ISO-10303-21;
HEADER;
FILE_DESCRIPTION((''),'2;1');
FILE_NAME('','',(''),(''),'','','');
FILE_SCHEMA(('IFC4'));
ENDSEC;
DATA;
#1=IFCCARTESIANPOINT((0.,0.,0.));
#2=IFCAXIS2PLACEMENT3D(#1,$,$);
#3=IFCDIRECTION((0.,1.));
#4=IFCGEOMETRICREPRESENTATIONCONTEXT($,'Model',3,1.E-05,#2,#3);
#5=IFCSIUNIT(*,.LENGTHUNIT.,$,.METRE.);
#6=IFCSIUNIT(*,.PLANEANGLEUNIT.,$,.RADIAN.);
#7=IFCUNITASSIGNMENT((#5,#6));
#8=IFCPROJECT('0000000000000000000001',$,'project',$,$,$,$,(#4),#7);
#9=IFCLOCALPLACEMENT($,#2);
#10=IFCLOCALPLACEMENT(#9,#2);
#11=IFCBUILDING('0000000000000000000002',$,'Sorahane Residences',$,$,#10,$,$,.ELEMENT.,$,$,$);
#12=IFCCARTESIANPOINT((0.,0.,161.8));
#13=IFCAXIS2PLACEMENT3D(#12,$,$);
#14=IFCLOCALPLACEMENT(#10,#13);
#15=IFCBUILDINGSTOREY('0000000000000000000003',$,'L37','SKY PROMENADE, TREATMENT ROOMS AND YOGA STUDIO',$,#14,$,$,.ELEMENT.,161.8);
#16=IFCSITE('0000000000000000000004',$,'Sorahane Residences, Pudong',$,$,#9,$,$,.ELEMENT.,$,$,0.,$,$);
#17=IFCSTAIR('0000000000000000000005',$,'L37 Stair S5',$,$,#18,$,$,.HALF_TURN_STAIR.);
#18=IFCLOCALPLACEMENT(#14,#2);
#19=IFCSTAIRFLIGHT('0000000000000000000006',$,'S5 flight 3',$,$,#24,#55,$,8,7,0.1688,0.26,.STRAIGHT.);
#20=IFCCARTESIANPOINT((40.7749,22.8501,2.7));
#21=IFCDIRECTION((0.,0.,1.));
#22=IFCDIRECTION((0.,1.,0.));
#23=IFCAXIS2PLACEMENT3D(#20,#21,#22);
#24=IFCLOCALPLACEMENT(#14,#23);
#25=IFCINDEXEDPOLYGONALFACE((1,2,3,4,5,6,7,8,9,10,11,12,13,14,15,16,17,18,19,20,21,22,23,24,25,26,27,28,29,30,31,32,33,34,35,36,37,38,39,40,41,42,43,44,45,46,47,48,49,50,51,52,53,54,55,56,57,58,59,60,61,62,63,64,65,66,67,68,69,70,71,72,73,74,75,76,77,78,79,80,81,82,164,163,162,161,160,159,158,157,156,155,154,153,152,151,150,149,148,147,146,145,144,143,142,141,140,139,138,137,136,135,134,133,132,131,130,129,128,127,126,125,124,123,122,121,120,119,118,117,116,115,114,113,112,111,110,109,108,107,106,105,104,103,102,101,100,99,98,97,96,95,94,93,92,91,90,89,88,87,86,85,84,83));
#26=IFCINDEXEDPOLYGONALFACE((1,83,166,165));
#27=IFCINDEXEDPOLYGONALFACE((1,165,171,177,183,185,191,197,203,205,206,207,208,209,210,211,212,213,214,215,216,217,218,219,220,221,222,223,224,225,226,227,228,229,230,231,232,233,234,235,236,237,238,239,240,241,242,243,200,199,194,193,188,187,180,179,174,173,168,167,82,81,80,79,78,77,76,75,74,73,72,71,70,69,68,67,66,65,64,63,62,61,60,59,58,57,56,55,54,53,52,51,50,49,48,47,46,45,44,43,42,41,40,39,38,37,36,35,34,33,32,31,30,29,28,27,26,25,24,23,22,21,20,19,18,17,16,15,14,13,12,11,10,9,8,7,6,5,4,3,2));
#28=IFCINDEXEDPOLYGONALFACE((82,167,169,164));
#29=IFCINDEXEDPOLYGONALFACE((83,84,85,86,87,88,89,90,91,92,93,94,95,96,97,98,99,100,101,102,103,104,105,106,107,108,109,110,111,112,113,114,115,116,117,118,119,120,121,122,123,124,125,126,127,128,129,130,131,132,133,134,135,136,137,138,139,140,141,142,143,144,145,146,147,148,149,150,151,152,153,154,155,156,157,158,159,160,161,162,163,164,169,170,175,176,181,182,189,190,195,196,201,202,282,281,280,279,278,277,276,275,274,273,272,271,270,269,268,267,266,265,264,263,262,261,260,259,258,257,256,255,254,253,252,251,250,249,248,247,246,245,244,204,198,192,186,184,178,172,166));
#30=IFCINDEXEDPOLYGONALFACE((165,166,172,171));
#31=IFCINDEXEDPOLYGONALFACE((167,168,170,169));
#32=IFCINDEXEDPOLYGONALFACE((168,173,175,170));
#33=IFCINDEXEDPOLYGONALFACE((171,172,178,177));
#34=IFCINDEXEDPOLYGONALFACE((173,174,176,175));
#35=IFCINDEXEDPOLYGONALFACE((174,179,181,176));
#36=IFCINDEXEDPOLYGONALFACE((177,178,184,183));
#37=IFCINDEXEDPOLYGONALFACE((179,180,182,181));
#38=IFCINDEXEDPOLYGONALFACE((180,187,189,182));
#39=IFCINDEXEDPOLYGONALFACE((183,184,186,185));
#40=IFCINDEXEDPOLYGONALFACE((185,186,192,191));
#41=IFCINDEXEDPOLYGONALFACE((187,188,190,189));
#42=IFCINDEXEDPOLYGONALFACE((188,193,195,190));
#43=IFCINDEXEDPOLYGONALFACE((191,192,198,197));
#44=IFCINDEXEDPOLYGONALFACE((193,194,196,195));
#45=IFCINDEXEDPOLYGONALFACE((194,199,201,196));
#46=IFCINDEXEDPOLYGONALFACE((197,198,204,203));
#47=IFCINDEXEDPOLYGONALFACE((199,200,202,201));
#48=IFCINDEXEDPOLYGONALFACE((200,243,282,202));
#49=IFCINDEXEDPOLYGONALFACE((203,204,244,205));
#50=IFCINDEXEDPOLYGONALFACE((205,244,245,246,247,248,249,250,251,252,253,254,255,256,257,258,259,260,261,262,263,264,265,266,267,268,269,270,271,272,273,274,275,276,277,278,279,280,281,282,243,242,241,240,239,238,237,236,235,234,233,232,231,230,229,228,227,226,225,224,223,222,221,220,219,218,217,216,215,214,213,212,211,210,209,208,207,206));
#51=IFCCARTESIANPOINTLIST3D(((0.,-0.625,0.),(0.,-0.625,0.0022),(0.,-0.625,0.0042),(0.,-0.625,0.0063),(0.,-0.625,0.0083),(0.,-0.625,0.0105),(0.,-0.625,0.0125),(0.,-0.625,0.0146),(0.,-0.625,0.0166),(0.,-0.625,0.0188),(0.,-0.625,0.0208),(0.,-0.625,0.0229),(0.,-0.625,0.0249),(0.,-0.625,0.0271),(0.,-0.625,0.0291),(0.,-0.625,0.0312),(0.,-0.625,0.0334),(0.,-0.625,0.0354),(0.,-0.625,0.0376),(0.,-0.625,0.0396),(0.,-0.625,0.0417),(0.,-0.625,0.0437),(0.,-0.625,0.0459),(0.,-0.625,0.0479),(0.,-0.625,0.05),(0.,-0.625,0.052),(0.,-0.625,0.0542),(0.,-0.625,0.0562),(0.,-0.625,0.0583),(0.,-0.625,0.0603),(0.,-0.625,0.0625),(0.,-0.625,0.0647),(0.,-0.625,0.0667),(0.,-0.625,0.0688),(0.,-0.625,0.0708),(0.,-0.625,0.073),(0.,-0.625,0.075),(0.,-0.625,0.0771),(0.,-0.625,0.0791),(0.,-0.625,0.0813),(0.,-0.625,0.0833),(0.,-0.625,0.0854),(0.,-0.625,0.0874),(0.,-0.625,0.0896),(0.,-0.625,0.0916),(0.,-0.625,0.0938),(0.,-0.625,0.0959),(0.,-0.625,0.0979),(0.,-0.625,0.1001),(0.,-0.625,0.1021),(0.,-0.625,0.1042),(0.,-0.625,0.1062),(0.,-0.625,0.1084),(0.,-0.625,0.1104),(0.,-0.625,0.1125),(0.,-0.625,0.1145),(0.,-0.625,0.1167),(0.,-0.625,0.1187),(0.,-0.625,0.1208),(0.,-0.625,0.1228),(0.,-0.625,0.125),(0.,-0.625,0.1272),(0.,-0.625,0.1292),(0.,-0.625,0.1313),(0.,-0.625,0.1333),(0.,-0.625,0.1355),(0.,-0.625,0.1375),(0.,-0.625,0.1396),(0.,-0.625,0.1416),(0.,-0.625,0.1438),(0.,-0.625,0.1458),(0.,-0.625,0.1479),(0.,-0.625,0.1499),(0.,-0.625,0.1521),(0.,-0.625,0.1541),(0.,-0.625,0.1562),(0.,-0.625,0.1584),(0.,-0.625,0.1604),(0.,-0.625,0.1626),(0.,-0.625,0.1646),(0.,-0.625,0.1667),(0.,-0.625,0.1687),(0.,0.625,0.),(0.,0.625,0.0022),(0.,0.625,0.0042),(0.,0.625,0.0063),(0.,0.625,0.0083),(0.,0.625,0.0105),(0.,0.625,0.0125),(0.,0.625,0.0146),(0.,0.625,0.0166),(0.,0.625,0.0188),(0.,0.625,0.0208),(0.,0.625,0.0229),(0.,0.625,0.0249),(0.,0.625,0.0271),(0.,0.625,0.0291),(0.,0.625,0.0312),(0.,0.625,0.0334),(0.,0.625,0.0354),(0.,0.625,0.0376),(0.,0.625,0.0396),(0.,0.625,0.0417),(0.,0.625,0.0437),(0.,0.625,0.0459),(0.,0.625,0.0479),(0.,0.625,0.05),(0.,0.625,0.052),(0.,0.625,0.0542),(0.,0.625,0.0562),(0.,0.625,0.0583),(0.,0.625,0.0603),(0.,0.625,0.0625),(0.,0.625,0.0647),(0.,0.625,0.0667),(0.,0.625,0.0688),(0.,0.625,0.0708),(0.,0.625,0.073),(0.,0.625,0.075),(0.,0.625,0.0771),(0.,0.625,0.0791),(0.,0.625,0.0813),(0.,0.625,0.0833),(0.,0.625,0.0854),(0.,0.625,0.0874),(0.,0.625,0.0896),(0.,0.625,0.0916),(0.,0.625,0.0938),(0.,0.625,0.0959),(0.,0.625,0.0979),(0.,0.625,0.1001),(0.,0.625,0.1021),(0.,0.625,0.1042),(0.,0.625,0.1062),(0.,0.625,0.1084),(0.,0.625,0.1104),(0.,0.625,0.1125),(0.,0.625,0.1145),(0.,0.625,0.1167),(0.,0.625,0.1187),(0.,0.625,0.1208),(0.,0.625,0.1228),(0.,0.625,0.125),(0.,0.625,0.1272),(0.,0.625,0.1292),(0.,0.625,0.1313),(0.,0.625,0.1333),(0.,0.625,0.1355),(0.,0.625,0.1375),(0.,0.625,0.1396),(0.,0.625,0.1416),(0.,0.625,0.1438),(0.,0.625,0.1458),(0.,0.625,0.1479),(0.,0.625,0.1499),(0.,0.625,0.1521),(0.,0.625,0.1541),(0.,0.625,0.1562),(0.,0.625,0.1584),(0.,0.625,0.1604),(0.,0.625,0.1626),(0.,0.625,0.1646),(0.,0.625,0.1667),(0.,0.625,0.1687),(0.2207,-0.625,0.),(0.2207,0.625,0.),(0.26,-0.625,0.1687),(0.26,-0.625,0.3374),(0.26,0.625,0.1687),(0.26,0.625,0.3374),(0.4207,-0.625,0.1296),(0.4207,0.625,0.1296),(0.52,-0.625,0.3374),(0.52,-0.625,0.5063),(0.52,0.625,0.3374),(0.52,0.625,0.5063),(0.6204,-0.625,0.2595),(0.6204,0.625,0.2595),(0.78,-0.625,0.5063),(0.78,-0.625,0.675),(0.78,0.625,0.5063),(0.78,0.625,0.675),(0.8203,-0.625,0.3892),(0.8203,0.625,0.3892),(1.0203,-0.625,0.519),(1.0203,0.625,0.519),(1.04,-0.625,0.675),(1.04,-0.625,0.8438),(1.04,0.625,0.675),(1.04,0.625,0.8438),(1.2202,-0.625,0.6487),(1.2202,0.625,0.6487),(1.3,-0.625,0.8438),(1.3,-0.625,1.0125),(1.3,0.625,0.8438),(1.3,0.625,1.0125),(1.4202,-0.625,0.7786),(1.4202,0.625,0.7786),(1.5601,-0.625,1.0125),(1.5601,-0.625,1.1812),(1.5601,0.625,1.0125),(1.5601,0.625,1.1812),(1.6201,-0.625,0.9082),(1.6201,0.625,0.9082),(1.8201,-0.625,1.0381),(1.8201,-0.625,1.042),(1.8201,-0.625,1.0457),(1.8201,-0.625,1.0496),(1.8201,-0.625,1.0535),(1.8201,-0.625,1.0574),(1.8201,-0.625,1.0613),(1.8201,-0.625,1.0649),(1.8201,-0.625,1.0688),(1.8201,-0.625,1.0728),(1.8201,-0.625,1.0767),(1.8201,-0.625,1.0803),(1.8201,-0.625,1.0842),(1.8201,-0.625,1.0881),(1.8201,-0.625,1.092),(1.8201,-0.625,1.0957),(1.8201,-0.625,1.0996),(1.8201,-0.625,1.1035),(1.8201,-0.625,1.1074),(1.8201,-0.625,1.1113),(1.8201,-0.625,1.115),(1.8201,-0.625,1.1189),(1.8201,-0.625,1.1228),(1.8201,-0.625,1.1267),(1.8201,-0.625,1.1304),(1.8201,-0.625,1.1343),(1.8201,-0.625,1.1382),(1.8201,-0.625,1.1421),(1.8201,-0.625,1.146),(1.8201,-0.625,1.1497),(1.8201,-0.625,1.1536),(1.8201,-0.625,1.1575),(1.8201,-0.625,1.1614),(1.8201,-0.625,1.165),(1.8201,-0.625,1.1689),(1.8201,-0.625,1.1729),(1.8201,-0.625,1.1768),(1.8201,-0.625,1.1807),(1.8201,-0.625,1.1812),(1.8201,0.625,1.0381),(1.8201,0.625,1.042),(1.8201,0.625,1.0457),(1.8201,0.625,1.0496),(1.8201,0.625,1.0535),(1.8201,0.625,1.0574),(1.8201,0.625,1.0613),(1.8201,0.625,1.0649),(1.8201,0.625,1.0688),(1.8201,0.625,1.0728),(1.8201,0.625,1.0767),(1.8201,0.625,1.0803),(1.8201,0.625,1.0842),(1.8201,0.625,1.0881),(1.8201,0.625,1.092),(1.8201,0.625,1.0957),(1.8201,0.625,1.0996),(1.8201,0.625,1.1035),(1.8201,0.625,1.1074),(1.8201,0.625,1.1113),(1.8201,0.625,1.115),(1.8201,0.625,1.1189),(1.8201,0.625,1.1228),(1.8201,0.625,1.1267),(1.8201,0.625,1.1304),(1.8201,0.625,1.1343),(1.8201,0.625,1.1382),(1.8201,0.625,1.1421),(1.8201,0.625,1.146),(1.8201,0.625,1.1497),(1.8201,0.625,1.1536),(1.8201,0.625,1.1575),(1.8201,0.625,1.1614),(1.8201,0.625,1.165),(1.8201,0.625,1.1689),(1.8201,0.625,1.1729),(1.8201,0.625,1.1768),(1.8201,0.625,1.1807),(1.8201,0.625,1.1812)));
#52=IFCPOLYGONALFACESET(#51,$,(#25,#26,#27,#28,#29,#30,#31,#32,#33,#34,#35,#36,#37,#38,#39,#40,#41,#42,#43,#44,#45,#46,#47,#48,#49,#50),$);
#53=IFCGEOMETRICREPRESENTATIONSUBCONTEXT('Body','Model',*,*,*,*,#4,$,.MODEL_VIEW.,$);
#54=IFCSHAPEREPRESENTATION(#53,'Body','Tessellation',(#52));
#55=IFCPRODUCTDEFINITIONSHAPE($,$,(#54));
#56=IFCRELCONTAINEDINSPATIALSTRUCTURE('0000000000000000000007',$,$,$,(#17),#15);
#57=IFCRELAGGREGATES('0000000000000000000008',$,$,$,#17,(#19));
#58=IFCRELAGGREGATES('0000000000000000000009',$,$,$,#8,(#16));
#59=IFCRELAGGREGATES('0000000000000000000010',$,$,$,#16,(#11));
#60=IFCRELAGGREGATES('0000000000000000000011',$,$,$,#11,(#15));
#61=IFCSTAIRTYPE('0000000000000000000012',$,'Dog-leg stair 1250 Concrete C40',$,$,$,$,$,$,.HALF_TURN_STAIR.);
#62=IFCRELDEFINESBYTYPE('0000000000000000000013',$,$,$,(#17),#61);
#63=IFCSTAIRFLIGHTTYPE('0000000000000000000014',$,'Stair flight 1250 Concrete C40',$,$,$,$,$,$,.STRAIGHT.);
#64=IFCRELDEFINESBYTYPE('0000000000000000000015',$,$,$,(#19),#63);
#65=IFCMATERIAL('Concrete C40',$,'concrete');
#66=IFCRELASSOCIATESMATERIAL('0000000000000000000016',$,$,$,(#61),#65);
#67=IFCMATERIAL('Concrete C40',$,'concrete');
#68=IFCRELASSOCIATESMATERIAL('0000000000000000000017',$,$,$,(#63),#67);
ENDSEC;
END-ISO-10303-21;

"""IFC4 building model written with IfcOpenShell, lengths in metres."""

from ifc_helpers import new_model, si_unit, direction, frame, origin, place, context, subcontext, project, spatial, polyline, outline, extrude, material, type_object, element, aggregate, save


model = new_model("IFC4")

# Units and contexts
model_context = context("Model", 3, precision=1e-05, world=origin(), true_north=direction((0.0, 1.0)))
body_context = subcontext(model_context, "Body", "Model", "MODEL_VIEW")
ifc_project = project(units=[si_unit("LENGTHUNIT", "METRE"), si_unit("PLANEANGLEUNIT", "RADIAN")], contexts=[model_context])

# Site, building, storey
site_placement = place(None, origin())
site = spatial("IfcSite", under=ifc_project, at=site_placement, Name="Sorahane Residences, Pudong", CompositionType="ELEMENT", RefElevation=0.0)
building_placement = place(site_placement, origin())
building = spatial("IfcBuilding", under=site, at=building_placement, Name="Sorahane Residences", CompositionType="ELEMENT")
storey_placement = place(building_placement, frame((0.0, 0.0, 161.8)))
storey = spatial("IfcBuildingStorey", under=building, at=storey_placement, Name="L37", Description="SKY PROMENADE, TREATMENT ROOMS AND YOGA STUDIO", CompositionType="ELEMENT", Elevation=161.8)

# Stair, stair flight
ifc_material_1 = material(Name="Concrete C40", Category="concrete")
stair_type = type_object("IfcStairType", Name="Dog-leg stair 1250 Concrete C40", PredefinedType="HALF_TURN_STAIR", material=ifc_material_1)
stair_placement = place(storey_placement, origin())
stair = element("IfcStair", 1, at=stair_placement, inside=storey, type_object=stair_type, Name="L37 Stair S5", PredefinedType="HALF_TURN_STAIR")
ifc_material_2 = material(Name="Concrete C40", Category="concrete")
stair_flight_type = type_object("IfcStairFlightType", Name="Stair flight 1250 Concrete C40", PredefinedType="STRAIGHT", material=ifc_material_2)
stair_flight_1_placement = place(storey_placement, frame((40.7749, 22.8501, 2.7), z_axis=(0.0, 0.0, 1.0), x_axis=(0.0, 1.0, 0.0)))
stair_flight_1 = element("IfcStairFlight", 2, at=stair_flight_1_placement, type_object=stair_flight_type, Name="S5 flight 3", NumberOfRisers=8, NumberOfTreads=7, PredefinedType="STRAIGHT", RiserHeight=0.1688, TreadLength=0.26, context=body_context, shape_type="SweptSolid", body=[
    extrude(outline(polyline([(0.0, 0.0), (0.0, 0.0022), (0.0, 0.0042), (0.0, 0.0063), (0.0, 0.0083), (0.0, 0.0105), (0.0, 0.0125), (0.0, 0.0146), (0.0, 0.0166), (0.0, 0.0188), (0.0, 0.0208), (0.0, 0.0229), (0.0, 0.0249), (0.0, 0.0271), (0.0, 0.0291), (0.0, 0.0312), (0.0, 0.0334), (0.0, 0.0354), (0.0, 0.0376), (0.0, 0.0396), (0.0, 0.0417), (0.0, 0.0437), (0.0, 0.0459), (0.0, 0.0479), (0.0, 0.05), (0.0, 0.052), (0.0, 0.0542), (0.0, 0.0562), (0.0, 0.0583), (0.0, 0.0603), (0.0, 0.0625), (0.0, 0.0647), (0.0, 0.0667), (0.0, 0.0688), (0.0, 0.0708), (0.0, 0.073), (0.0, 0.075), (0.0, 0.0771), (0.0, 0.0791), (0.0, 0.0813), (0.0, 0.0833), (0.0, 0.0854), (0.0, 0.0874), (0.0, 0.0896), (0.0, 0.0916), (0.0, 0.0938), (0.0, 0.0959), (0.0, 0.0979), (0.0, 0.1001), (0.0, 0.1021), (0.0, 0.1042), (0.0, 0.1062), (0.0, 0.1084), (0.0, 0.1104), (0.0, 0.1125), (0.0, 0.1145), (0.0, 0.1167), (0.0, 0.1187), (0.0, 0.1208), (0.0, 0.1228), (0.0, 0.125), (0.0, 0.1272), (0.0, 0.1292), (0.0, 0.1313), (0.0, 0.1333), (0.0, 0.1355), (0.0, 0.1375), (0.0, 0.1396), (0.0, 0.1416), (0.0, 0.1438), (0.0, 0.1458), (0.0, 0.1479), (0.0, 0.1499), (0.0, 0.1521), (0.0, 0.1541), (0.0, 0.1562), (0.0, 0.1584), (0.0, 0.1604), (0.0, 0.1626), (0.0, 0.1646), (0.0, 0.1667), (0.0, 0.1687), (0.26, 0.1687), (0.26, 0.3374), (0.52, 0.3374), (0.52, 0.5063), (0.78, 0.5063), (0.78, 0.675), (1.04, 0.675), (1.04, 0.8438), (1.3, 0.8438), (1.3, 1.0125), (1.5601, 1.0125), (1.5601, 1.1812), (1.8201, 1.1812), (1.8201, 1.3501), (1.8201, 1.3462), (1.8201, 1.3423), (1.8201, 1.3384), (1.8201, 1.3347), (1.8201, 1.3308), (1.8201, 1.3269), (1.8201, 1.323), (1.8201, 1.3191), (1.8201, 1.3154), (1.8201, 1.3115), (1.8201, 1.3076), (1.8201, 1.3037), (1.8201, 1.3), (1.8201, 1.2961), (1.8201, 1.2922), (1.8201, 1.2883), (1.8201, 1.2844), (1.8201, 1.2808), (1.8201, 1.2769), (1.8201, 1.2729), (1.8201, 1.269), (1.8201, 1.2654), (1.8201, 1.2615), (1.8201, 1.2576), (1.8201, 1.2537), (1.8201, 1.2498), (1.8201, 1.2461), (1.8201, 1.2422), (1.8201, 1.2383), (1.8201, 1.2344), (1.8201, 1.2307), (1.8201, 1.2268), (1.8201, 1.2229), (1.8201, 1.219), (1.8201, 1.2151), (1.8201, 1.2114), (1.8201, 1.2075), (1.8201, 1.2036), (1.8201, 1.1997), (1.8201, 1.196), (1.8201, 1.1921), (1.8201, 1.1882), (1.8201, 1.1843), (1.8201, 1.1807), (1.8201, 1.1768), (1.8201, 1.1729), (1.8201, 1.1689), (1.8201, 1.165), (1.8201, 1.1614), (1.8201, 1.1575), (1.8201, 1.1536), (1.8201, 1.1497), (1.8201, 1.146), (1.8201, 1.1421), (1.8201, 1.1382), (1.8201, 1.1343), (1.8201, 1.1304), (1.8201, 1.1267), (1.8201, 1.1228), (1.8201, 1.1189), (1.8201, 1.115), (1.8201, 1.1113), (1.8201, 1.1074), (1.8201, 1.1035), (1.8201, 1.0996), (1.8201, 1.0957), (1.8201, 1.092), (1.8201, 1.0881), (1.8201, 1.0842), (1.8201, 1.0803), (1.8201, 1.0767), (1.8201, 1.0728), (1.8201, 1.0688), (1.8201, 1.0649), (1.8201, 1.0613), (1.8201, 1.0574), (1.8201, 1.0535), (1.8201, 1.0496), (1.8201, 1.0457), (1.8201, 1.042), (1.8201, 1.0381), (1.6201, 0.9082), (1.4202, 0.7786), (1.2202, 0.6487), (1.0203, 0.519), (0.8203, 0.3892), (0.6204, 0.2595), (0.4207, 0.1296), (0.2207, 0.0), (0.0, 0.0)])), frame((0.0, 0.625, 0.0), z_axis=(0.0, -1.0, 0.0), x_axis=(1.0, 0.0, 0.0)), (0.0, 0.0, 1.0), 1.25),
])
aggregate(stair, [stair_flight_1])

save(model, "model.ifc")
